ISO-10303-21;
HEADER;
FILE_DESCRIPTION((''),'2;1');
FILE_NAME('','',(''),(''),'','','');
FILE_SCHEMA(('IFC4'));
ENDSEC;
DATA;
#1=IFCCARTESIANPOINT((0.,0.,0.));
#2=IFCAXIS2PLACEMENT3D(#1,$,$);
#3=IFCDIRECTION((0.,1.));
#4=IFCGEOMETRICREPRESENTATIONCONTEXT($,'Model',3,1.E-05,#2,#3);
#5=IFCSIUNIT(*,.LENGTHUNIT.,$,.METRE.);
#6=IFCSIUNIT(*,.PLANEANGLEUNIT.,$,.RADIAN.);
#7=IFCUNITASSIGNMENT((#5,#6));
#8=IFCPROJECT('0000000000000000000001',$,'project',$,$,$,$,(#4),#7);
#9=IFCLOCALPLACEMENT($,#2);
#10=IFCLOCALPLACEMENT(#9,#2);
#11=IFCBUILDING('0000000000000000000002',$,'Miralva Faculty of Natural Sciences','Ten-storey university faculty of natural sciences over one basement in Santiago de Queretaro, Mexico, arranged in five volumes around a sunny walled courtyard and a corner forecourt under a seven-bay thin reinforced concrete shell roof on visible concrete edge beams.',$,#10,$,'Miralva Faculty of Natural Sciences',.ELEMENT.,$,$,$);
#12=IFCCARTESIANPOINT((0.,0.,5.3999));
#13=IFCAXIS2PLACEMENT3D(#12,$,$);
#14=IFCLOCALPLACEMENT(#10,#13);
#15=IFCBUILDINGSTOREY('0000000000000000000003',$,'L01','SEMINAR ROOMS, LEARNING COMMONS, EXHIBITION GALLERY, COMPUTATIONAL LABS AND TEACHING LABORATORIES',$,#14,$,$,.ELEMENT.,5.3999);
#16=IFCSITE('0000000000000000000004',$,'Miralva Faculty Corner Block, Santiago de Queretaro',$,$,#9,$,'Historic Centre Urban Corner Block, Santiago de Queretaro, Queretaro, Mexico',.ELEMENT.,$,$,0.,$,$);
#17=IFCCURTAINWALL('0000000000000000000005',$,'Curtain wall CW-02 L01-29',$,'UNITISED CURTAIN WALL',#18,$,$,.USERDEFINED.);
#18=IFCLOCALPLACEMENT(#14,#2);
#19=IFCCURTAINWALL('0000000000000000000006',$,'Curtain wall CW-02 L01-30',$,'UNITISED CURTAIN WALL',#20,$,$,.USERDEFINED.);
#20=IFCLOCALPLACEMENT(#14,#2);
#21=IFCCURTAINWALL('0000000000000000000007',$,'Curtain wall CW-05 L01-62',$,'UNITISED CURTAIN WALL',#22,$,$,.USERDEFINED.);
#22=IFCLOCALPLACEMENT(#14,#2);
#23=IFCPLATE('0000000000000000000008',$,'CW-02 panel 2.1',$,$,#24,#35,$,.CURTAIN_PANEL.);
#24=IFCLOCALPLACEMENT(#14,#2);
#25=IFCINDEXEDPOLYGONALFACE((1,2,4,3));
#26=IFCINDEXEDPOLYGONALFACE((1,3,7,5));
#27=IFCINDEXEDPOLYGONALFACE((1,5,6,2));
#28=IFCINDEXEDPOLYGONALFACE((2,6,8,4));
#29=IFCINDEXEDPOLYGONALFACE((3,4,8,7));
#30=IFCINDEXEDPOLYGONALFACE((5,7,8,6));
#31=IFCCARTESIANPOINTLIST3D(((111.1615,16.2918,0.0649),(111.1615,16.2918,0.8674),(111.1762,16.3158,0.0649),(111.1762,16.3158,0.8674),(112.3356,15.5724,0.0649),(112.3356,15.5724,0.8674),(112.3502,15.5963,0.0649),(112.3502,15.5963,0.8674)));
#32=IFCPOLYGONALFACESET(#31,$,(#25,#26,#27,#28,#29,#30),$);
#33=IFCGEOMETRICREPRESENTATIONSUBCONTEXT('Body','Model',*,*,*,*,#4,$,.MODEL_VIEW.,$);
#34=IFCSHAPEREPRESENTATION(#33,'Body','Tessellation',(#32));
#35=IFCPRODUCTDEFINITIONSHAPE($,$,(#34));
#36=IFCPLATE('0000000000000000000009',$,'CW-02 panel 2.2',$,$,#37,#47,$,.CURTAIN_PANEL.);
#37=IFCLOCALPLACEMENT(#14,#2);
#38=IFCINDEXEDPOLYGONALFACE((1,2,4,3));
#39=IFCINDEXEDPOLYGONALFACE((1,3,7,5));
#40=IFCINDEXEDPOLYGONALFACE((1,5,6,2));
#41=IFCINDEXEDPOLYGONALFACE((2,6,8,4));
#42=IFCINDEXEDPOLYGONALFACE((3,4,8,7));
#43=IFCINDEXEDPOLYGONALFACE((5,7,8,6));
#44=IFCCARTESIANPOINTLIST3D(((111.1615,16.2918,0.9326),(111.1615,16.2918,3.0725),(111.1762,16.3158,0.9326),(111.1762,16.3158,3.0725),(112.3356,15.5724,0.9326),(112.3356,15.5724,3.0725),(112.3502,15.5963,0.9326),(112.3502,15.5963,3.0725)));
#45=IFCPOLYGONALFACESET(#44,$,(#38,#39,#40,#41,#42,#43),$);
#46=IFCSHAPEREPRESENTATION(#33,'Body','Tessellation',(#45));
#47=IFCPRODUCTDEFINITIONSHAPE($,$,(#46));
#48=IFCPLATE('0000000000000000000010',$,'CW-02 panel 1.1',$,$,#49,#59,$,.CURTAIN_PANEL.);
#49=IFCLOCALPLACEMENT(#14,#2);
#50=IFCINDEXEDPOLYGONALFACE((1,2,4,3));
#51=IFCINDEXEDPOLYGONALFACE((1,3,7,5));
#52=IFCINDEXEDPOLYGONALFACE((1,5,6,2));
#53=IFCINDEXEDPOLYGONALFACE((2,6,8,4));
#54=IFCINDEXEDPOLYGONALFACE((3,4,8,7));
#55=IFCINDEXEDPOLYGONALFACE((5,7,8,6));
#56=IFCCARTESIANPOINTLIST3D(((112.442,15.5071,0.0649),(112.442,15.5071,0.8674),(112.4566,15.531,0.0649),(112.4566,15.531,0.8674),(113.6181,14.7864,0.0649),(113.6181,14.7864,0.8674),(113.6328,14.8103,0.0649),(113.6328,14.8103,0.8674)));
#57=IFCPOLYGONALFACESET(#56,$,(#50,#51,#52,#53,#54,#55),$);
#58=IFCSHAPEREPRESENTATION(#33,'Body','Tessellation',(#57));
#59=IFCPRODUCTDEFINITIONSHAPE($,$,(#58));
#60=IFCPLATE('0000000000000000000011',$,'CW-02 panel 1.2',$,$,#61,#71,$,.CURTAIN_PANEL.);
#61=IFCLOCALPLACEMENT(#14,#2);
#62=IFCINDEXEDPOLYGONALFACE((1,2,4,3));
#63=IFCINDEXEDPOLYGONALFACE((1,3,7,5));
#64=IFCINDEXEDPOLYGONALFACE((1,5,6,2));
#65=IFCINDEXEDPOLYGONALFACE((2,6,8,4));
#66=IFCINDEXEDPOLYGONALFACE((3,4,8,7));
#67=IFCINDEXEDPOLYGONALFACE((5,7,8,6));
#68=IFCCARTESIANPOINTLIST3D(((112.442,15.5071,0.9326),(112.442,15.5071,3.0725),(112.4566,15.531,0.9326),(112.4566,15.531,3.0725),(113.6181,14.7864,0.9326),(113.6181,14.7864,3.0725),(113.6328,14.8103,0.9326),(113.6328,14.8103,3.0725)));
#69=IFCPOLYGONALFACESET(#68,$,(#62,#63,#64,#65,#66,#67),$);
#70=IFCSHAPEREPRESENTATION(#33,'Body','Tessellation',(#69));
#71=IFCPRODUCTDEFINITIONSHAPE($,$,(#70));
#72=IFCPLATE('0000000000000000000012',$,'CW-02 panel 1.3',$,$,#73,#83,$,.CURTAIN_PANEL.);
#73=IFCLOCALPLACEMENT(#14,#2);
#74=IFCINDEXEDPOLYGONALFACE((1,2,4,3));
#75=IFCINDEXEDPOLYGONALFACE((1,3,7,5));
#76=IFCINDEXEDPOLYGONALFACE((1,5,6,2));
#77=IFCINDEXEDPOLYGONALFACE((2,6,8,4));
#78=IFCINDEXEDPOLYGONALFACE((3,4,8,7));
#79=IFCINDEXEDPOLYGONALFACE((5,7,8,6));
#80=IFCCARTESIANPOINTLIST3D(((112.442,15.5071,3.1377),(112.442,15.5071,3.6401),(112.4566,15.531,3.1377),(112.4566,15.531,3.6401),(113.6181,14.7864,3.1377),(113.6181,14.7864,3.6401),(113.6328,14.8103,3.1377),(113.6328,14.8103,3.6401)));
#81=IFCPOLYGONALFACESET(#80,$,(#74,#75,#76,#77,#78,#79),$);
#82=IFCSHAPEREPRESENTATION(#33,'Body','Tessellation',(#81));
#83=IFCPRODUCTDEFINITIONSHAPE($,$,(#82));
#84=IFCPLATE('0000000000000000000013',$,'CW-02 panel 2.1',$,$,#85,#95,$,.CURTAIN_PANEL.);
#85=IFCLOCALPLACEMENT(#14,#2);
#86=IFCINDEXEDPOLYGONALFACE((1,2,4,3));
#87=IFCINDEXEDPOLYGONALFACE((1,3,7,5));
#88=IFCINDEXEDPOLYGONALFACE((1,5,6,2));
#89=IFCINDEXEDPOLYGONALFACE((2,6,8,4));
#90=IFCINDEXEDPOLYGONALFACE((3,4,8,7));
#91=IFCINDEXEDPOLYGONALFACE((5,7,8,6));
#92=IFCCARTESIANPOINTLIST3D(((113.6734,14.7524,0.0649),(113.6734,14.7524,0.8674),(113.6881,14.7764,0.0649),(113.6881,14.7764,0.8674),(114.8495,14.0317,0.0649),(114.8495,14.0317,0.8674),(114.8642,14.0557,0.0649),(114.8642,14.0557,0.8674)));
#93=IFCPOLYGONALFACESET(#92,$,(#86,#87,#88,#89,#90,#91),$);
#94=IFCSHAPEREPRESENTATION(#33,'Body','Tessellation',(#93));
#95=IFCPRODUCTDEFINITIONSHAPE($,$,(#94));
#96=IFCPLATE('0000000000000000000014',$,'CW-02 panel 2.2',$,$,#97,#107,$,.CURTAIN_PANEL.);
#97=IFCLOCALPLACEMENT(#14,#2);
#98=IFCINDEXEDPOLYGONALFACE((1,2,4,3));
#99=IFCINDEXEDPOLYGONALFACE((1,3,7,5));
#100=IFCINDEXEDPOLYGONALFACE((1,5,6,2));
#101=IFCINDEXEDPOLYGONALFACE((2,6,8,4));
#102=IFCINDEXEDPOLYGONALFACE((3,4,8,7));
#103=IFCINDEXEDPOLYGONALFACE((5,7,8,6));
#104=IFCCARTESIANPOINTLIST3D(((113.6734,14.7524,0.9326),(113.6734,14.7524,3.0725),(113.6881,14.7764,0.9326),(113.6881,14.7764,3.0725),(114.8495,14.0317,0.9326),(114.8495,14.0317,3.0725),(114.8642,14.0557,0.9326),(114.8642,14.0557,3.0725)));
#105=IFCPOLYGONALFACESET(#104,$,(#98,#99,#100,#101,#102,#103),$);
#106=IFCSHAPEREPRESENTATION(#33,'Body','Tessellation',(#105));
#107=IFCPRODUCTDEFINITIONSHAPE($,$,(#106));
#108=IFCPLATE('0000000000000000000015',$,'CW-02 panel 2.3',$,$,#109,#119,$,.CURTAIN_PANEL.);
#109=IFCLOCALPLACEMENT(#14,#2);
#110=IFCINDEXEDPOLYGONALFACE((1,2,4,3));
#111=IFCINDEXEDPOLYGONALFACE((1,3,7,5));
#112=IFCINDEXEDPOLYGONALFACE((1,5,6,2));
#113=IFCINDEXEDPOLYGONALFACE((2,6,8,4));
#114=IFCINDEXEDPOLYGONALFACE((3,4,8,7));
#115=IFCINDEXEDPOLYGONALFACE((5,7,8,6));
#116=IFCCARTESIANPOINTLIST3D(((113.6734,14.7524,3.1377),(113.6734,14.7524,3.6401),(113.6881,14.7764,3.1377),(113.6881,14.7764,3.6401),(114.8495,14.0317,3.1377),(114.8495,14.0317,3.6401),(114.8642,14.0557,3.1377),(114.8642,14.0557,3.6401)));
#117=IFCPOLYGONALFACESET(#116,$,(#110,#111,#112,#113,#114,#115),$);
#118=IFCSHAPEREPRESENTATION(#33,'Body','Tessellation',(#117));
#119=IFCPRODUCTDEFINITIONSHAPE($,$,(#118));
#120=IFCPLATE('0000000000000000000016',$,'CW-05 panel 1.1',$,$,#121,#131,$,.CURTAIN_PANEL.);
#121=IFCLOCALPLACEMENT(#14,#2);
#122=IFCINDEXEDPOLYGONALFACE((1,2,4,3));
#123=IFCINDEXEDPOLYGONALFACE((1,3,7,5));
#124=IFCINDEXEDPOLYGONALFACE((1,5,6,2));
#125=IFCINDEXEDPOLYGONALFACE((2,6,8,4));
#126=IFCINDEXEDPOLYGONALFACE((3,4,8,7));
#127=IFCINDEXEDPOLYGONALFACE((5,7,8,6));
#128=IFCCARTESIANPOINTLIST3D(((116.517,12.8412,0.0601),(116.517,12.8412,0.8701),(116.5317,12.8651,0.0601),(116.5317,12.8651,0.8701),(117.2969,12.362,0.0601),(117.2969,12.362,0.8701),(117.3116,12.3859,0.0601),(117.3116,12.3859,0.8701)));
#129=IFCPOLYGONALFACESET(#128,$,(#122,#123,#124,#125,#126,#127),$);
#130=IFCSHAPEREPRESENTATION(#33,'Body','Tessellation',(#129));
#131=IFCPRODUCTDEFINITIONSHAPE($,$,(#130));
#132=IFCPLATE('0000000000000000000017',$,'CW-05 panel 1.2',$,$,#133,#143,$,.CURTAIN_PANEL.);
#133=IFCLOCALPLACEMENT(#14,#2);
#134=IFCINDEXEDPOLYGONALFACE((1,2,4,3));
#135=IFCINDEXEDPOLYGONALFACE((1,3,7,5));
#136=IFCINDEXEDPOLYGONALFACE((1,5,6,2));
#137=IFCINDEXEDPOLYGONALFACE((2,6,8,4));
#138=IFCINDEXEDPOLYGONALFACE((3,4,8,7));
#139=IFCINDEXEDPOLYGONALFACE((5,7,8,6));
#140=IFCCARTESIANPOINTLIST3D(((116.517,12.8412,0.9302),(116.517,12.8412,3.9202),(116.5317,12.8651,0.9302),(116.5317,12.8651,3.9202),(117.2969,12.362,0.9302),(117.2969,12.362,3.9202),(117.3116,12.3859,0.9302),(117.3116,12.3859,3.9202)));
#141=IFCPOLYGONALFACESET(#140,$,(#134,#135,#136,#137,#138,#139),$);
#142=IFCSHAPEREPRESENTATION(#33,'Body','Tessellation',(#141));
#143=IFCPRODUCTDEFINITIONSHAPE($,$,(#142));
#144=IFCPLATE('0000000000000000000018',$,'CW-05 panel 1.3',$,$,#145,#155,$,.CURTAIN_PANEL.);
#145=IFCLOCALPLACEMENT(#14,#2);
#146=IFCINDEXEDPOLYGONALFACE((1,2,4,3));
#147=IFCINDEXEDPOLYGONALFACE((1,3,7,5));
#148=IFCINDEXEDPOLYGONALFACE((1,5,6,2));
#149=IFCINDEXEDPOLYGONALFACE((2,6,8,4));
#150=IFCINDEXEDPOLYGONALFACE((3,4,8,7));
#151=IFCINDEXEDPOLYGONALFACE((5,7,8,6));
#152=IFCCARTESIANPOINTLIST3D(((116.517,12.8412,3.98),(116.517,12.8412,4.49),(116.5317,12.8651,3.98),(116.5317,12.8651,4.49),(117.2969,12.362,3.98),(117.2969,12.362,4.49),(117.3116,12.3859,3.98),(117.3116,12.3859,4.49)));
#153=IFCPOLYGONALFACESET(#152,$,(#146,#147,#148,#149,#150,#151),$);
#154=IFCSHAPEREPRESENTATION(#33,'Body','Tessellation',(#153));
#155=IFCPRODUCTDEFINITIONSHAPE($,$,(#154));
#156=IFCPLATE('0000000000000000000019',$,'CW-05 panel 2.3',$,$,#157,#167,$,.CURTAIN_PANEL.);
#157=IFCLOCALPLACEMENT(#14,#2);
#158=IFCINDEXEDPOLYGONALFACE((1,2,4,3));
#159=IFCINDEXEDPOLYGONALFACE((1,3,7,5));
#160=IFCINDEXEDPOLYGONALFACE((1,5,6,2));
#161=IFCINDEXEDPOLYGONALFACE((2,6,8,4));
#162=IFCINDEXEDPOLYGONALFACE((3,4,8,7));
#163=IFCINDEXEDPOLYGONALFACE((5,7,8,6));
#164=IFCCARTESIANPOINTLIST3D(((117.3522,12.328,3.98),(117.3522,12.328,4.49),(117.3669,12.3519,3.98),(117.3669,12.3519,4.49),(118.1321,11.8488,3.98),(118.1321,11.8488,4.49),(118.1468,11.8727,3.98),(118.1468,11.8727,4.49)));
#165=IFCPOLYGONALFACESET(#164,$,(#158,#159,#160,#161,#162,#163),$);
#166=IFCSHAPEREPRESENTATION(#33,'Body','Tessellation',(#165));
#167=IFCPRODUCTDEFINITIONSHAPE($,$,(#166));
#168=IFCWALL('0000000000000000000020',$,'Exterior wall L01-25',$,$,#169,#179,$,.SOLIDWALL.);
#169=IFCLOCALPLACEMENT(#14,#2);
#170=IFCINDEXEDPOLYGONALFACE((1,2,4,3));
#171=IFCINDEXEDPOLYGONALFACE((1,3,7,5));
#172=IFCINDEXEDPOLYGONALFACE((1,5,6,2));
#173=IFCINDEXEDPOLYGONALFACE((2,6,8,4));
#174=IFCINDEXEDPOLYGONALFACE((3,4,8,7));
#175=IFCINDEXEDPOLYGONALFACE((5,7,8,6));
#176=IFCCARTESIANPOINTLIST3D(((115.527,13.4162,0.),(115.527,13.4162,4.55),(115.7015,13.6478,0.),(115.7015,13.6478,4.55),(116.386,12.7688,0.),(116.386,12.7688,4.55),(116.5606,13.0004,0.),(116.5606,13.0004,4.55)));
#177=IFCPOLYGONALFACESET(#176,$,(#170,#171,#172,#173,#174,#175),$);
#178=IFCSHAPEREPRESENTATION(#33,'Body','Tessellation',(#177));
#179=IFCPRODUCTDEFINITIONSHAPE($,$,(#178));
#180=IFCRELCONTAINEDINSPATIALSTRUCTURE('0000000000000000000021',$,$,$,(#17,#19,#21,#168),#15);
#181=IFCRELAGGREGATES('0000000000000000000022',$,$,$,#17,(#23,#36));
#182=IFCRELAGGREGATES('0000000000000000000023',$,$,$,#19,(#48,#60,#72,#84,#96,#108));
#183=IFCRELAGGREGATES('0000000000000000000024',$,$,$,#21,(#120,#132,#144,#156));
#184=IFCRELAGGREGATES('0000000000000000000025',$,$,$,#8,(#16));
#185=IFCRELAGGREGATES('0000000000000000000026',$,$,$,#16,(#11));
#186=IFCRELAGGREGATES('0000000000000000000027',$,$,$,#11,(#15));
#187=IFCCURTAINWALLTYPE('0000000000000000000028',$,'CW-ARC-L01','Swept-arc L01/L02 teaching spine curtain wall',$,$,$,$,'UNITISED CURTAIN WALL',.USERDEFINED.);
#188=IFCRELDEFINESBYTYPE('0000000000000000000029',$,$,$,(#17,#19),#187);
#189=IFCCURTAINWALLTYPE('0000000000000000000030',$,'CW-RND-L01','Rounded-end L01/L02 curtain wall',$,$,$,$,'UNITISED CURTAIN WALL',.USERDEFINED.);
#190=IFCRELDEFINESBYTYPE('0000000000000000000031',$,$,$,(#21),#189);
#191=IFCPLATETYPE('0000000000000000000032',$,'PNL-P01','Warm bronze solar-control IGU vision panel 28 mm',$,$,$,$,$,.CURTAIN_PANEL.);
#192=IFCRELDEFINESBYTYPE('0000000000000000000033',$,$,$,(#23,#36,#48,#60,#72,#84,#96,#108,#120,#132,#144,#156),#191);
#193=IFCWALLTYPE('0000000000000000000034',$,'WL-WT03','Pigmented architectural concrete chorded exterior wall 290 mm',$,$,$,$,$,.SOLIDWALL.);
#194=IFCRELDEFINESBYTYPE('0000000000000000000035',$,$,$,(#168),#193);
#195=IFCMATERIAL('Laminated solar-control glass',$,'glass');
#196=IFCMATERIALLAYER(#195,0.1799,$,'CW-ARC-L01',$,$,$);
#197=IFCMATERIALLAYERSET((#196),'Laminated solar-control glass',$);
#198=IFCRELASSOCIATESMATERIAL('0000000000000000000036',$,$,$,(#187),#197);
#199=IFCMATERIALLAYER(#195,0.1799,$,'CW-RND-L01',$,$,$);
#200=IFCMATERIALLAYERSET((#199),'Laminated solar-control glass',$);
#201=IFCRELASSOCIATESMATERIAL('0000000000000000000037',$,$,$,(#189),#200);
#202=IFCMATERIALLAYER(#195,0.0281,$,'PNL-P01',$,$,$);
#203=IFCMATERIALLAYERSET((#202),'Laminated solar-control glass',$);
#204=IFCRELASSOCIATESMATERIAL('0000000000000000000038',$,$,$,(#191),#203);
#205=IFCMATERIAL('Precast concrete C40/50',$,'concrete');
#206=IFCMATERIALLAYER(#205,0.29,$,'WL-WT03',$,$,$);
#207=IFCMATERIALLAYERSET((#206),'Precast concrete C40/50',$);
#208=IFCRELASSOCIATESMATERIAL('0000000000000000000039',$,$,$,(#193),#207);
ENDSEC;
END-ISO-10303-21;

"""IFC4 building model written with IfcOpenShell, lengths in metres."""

from ifc_helpers import new_model, si_unit, direction, frame, frame_2d, origin, origin_2d, place, context, subcontext, project, spatial, rectangle, extrude, material, layer, layer_set, type_object, element, aggregate, save


model = new_model("IFC4")

# Units and contexts
model_context = context("Model", 3, precision=1e-05, world=origin(), true_north=direction((0.0, 1.0)))
body_context = subcontext(model_context, "Body", "Model", "MODEL_VIEW")
ifc_project = project(units=[si_unit("LENGTHUNIT", "METRE"), si_unit("PLANEANGLEUNIT", "RADIAN")], contexts=[model_context])

# Site, building, storey
site_placement = place(None, origin())
site = spatial("IfcSite", under=ifc_project, at=site_placement, Name="Miralva Faculty Corner Block, Santiago de Queretaro", LongName="Historic Centre Urban Corner Block, Santiago de Queretaro, Queretaro, Mexico", CompositionType="ELEMENT", RefElevation=0.0)
building_placement = place(site_placement, origin())
building = spatial("IfcBuilding", under=site, at=building_placement, Name="Miralva Faculty of Natural Sciences", Description="Ten-storey university faculty of natural sciences over one basement in Santiago de Queretaro, Mexico, arranged in five volumes around a sunny walled courtyard and a corner forecourt under a seven-bay thin reinforced concrete shell roof on visible concrete edge beams.", LongName="Miralva Faculty of Natural Sciences", CompositionType="ELEMENT")
storey_placement = place(building_placement, frame((0.0, 0.0, 5.3999)))
storey = spatial("IfcBuildingStorey", under=building, at=storey_placement, Name="L01", Description="SEMINAR ROOMS, LEARNING COMMONS, EXHIBITION GALLERY, COMPUTATIONAL LABS AND TEACHING LABORATORIES", CompositionType="ELEMENT", Elevation=5.3999)

# Curtain wall
ifc_material_1 = material(Name="Laminated solar-control glass", Category="glass")
ifc_layer_1 = layer(ifc_material_1, 0.1799, Name="CW-ARC-L01")
ifc_layer_set_1 = layer_set([ifc_layer_1], Name="Laminated solar-control glass")
curtain_wall_type_1 = type_object("IfcCurtainWallType", Name="CW-ARC-L01", Description="Swept-arc L01/L02 teaching spine curtain wall", ElementType="UNITISED CURTAIN WALL", PredefinedType="USERDEFINED", material=ifc_layer_set_1)
curtain_wall_1_placement = place(storey_placement, origin())
curtain_wall_1 = element("IfcCurtainWall", 1, at=curtain_wall_1_placement, inside=storey, type_object=curtain_wall_type_1, Name="Curtain wall CW-02 L01-29", ObjectType="UNITISED CURTAIN WALL", PredefinedType="USERDEFINED")

# Curtain walls
curtain_wall_2_placement = place(storey_placement, origin())
curtain_wall_2 = element("IfcCurtainWall", 2, at=curtain_wall_2_placement, inside=storey, type_object=curtain_wall_type_1, Name="Curtain wall CW-02 L01-30", ObjectType="UNITISED CURTAIN WALL", PredefinedType="USERDEFINED")
ifc_layer_2 = layer(ifc_material_1, 0.1799, Name="CW-RND-L01")
ifc_layer_set_2 = layer_set([ifc_layer_2], Name="Laminated solar-control glass")
curtain_wall_type_2 = type_object("IfcCurtainWallType", Name="CW-RND-L01", Description="Rounded-end L01/L02 curtain wall", ElementType="UNITISED CURTAIN WALL", PredefinedType="USERDEFINED", material=ifc_layer_set_2)
curtain_wall_3_placement = place(storey_placement, origin())
curtain_wall_3 = element("IfcCurtainWall", 3, at=curtain_wall_3_placement, inside=storey, type_object=curtain_wall_type_2, Name="Curtain wall CW-05 L01-62", ObjectType="UNITISED CURTAIN WALL", PredefinedType="USERDEFINED")

# Plates
ifc_layer_3 = layer(ifc_material_1, 0.0281, Name="PNL-P01")
ifc_layer_set_3 = layer_set([ifc_layer_3], Name="Laminated solar-control glass")
plate_type = type_object("IfcPlateType", Name="PNL-P01", Description="Warm bronze solar-control IGU vision panel 28 mm", PredefinedType="CURTAIN_PANEL", material=ifc_layer_set_3)
plate_1_placement = place(storey_placement, frame((111.7559, 15.9441, 0.0649), z_axis=(0.0, 0.0, 1.0), x_axis=(0.85265, -0.522483, 0.0)))
plate_1 = element("IfcPlate", 4, at=plate_1_placement, type_object=plate_type, Name="CW-02 panel 2.1", PredefinedType="CURTAIN_PANEL", context=body_context, shape_type="SweptSolid", body=[
    extrude(rectangle(XDim=1.377, YDim=0.0281, at=origin_2d()), origin(), (0.0, 0.0, 1.0), 0.8025),
])
plate_2_placement = place(storey_placement, frame((111.7559, 15.9441, 0.9326), z_axis=(0.0, 0.0, 1.0), x_axis=(0.85265, -0.522483, 0.0)))
plate_2 = element("IfcPlate", 5, at=plate_2_placement, type_object=plate_type, Name="CW-02 panel 2.2", PredefinedType="CURTAIN_PANEL", context=body_context, shape_type="SweptSolid", body=[
    extrude(rectangle(XDim=1.377, YDim=0.0281, at=origin_2d()), origin(), (0.0, 0.0, 1.0), 2.1399),
])
aggregate(curtain_wall_1, [plate_1, plate_2])
plate_3_placement = place(storey_placement, frame((113.0374, 15.1587, 0.0649), z_axis=(0.0, 0.0, 1.0), x_axis=(0.852646, -0.522489, 0.0)))
plate_3 = element("IfcPlate", 6, at=plate_3_placement, type_object=plate_type, Name="CW-02 panel 1.1", PredefinedType="CURTAIN_PANEL", context=body_context, shape_type="SweptSolid", body=[
    extrude(rectangle(XDim=1.3794, YDim=0.0281, at=origin_2d()), origin(), (0.0, 0.0, 1.0), 0.8025),
])
plate_4_placement = place(storey_placement, frame((113.0374, 15.1587, 0.9326), z_axis=(0.0, 0.0, 1.0), x_axis=(0.852646, -0.522489, 0.0)))
plate_4 = element("IfcPlate", 7, at=plate_4_placement, type_object=plate_type, Name="CW-02 panel 1.2", PredefinedType="CURTAIN_PANEL", context=body_context, shape_type="SweptSolid", body=[
    extrude(rectangle(XDim=1.3794, YDim=0.0281, at=origin_2d()), origin(), (0.0, 0.0, 1.0), 2.1399),
])
plate_5_placement = place(storey_placement, frame((113.0374, 15.1587, 3.1377), z_axis=(0.0, 0.0, 1.0), x_axis=(0.852646, -0.522489, 0.0)))
plate_5 = element("IfcPlate", 8, at=plate_5_placement, type_object=plate_type, Name="CW-02 panel 1.3", PredefinedType="CURTAIN_PANEL", context=body_context, shape_type="SweptSolid", body=[
    extrude(rectangle(XDim=1.3794, YDim=0.0281, at=origin_2d()), origin(), (0.0, 0.0, 1.0), 0.5024),
])
plate_6_placement = place(storey_placement, frame((114.2688, 14.4041, 0.0649), z_axis=(0.0, 0.0, 1.0), x_axis=(0.852646, -0.522489, 0.0)))
plate_6 = element("IfcPlate", 9, at=plate_6_placement, type_object=plate_type, Name="CW-02 panel 2.1", PredefinedType="CURTAIN_PANEL", context=body_context, shape_type="SweptSolid", body=[
    extrude(rectangle(XDim=1.3794, YDim=0.0281, at=origin_2d()), origin(), (0.0, 0.0, 1.0), 0.8025),
])
plate_7_placement = place(storey_placement, frame((114.2688, 14.4041, 0.9326), z_axis=(0.0, 0.0, 1.0), x_axis=(0.852646, -0.522489, 0.0)))
plate_7 = element("IfcPlate", 10, at=plate_7_placement, type_object=plate_type, Name="CW-02 panel 2.2", PredefinedType="CURTAIN_PANEL", context=body_context, shape_type="SweptSolid", body=[
    extrude(rectangle(XDim=1.3794, YDim=0.0281, at=origin_2d()), origin(), (0.0, 0.0, 1.0), 2.1399),
])
plate_8_placement = place(storey_placement, frame((114.2688, 14.4041, 3.1377), z_axis=(0.0, 0.0, 1.0), x_axis=(0.852646, -0.522489, 0.0)))
plate_8 = element("IfcPlate", 11, at=plate_8_placement, type_object=plate_type, Name="CW-02 panel 2.3", PredefinedType="CURTAIN_PANEL", context=body_context, shape_type="SweptSolid", body=[
    extrude(rectangle(XDim=1.3794, YDim=0.0281, at=origin_2d()), origin(), (0.0, 0.0, 1.0), 0.5024),
])
aggregate(curtain_wall_2, [plate_3, plate_4, plate_5, plate_6, plate_7, plate_8])
plate_9_placement = place(storey_placement, frame((116.9143, 12.6135, 0.0601), z_axis=(0.0, 0.0, 1.0), x_axis=(0.852004, -0.523535, 0.0)))
plate_9 = element("IfcPlate", 12, at=plate_9_placement, type_object=plate_type, Name="CW-05 panel 1.1", PredefinedType="CURTAIN_PANEL", context=body_context, shape_type="SweptSolid", body=[
    extrude(rectangle(XDim=0.9153, YDim=0.0281, at=origin_2d()), origin(), (0.0, 0.0, 1.0), 0.8101),
])
plate_10_placement = place(storey_placement, frame((116.9143, 12.6135, 0.9302), z_axis=(0.0, 0.0, 1.0), x_axis=(0.852004, -0.523535, 0.0)))
plate_10 = element("IfcPlate", 13, at=plate_10_placement, type_object=plate_type, Name="CW-05 panel 1.2", PredefinedType="CURTAIN_PANEL", context=body_context, shape_type="SweptSolid", body=[
    extrude(rectangle(XDim=0.9153, YDim=0.0281, at=origin_2d()), origin(), (0.0, 0.0, 1.0), 2.99),
])
plate_11_placement = place(storey_placement, frame((116.9143, 12.6135, 3.98), z_axis=(0.0, 0.0, 1.0), x_axis=(0.852004, -0.523535, 0.0)))
plate_11 = element("IfcPlate", 14, at=plate_11_placement, type_object=plate_type, Name="CW-05 panel 1.3", PredefinedType="CURTAIN_PANEL", context=body_context, shape_type="SweptSolid", body=[
    extrude(rectangle(XDim=0.9153, YDim=0.0281, at=origin_2d()), origin(), (0.0, 0.0, 1.0), 0.51),
])
plate_12_placement = place(storey_placement, frame((117.7495, 12.1003, 3.98), z_axis=(0.0, 0.0, 1.0), x_axis=(0.852004, -0.523535, 0.0)))
plate_12 = element("IfcPlate", 15, at=plate_12_placement, type_object=plate_type, Name="CW-05 panel 2.3", PredefinedType="CURTAIN_PANEL", context=body_context, shape_type="SweptSolid", body=[
    extrude(rectangle(XDim=0.9153, YDim=0.0281, at=origin_2d()), origin(), (0.0, 0.0, 1.0), 0.51),
])
aggregate(curtain_wall_3, [plate_9, plate_10, plate_11, plate_12])

# Wall
ifc_material_2 = material(Name="Precast concrete C40/50", Category="concrete")
ifc_layer_4 = layer(ifc_material_2, 0.29, Name="WL-WT03")
ifc_layer_set_4 = layer_set([ifc_layer_4], Name="Precast concrete C40/50")
wall_type = type_object("IfcWallType", Name="WL-WT03", Description="Pigmented architectural concrete chorded exterior wall 290 mm", PredefinedType="SOLIDWALL", material=ifc_layer_set_4)
wall_placement = place(storey_placement, frame((115.6143, 13.532, 0.0), z_axis=(0.0, 0.0, 1.0), x_axis=(0.798609, -0.60185, 0.0)))
element("IfcWall", 16, at=wall_placement, inside=storey, type_object=wall_type, Name="Exterior wall L01-25", PredefinedType="SOLIDWALL", context=body_context, shape_type="SweptSolid", body=[
    extrude(rectangle(XDim=1.0757, YDim=0.29, at=frame_2d((0.5378, 0.0))), origin(), (0.0, 0.0, 1.0), 4.55),
])

save(model, "model.ifc")
